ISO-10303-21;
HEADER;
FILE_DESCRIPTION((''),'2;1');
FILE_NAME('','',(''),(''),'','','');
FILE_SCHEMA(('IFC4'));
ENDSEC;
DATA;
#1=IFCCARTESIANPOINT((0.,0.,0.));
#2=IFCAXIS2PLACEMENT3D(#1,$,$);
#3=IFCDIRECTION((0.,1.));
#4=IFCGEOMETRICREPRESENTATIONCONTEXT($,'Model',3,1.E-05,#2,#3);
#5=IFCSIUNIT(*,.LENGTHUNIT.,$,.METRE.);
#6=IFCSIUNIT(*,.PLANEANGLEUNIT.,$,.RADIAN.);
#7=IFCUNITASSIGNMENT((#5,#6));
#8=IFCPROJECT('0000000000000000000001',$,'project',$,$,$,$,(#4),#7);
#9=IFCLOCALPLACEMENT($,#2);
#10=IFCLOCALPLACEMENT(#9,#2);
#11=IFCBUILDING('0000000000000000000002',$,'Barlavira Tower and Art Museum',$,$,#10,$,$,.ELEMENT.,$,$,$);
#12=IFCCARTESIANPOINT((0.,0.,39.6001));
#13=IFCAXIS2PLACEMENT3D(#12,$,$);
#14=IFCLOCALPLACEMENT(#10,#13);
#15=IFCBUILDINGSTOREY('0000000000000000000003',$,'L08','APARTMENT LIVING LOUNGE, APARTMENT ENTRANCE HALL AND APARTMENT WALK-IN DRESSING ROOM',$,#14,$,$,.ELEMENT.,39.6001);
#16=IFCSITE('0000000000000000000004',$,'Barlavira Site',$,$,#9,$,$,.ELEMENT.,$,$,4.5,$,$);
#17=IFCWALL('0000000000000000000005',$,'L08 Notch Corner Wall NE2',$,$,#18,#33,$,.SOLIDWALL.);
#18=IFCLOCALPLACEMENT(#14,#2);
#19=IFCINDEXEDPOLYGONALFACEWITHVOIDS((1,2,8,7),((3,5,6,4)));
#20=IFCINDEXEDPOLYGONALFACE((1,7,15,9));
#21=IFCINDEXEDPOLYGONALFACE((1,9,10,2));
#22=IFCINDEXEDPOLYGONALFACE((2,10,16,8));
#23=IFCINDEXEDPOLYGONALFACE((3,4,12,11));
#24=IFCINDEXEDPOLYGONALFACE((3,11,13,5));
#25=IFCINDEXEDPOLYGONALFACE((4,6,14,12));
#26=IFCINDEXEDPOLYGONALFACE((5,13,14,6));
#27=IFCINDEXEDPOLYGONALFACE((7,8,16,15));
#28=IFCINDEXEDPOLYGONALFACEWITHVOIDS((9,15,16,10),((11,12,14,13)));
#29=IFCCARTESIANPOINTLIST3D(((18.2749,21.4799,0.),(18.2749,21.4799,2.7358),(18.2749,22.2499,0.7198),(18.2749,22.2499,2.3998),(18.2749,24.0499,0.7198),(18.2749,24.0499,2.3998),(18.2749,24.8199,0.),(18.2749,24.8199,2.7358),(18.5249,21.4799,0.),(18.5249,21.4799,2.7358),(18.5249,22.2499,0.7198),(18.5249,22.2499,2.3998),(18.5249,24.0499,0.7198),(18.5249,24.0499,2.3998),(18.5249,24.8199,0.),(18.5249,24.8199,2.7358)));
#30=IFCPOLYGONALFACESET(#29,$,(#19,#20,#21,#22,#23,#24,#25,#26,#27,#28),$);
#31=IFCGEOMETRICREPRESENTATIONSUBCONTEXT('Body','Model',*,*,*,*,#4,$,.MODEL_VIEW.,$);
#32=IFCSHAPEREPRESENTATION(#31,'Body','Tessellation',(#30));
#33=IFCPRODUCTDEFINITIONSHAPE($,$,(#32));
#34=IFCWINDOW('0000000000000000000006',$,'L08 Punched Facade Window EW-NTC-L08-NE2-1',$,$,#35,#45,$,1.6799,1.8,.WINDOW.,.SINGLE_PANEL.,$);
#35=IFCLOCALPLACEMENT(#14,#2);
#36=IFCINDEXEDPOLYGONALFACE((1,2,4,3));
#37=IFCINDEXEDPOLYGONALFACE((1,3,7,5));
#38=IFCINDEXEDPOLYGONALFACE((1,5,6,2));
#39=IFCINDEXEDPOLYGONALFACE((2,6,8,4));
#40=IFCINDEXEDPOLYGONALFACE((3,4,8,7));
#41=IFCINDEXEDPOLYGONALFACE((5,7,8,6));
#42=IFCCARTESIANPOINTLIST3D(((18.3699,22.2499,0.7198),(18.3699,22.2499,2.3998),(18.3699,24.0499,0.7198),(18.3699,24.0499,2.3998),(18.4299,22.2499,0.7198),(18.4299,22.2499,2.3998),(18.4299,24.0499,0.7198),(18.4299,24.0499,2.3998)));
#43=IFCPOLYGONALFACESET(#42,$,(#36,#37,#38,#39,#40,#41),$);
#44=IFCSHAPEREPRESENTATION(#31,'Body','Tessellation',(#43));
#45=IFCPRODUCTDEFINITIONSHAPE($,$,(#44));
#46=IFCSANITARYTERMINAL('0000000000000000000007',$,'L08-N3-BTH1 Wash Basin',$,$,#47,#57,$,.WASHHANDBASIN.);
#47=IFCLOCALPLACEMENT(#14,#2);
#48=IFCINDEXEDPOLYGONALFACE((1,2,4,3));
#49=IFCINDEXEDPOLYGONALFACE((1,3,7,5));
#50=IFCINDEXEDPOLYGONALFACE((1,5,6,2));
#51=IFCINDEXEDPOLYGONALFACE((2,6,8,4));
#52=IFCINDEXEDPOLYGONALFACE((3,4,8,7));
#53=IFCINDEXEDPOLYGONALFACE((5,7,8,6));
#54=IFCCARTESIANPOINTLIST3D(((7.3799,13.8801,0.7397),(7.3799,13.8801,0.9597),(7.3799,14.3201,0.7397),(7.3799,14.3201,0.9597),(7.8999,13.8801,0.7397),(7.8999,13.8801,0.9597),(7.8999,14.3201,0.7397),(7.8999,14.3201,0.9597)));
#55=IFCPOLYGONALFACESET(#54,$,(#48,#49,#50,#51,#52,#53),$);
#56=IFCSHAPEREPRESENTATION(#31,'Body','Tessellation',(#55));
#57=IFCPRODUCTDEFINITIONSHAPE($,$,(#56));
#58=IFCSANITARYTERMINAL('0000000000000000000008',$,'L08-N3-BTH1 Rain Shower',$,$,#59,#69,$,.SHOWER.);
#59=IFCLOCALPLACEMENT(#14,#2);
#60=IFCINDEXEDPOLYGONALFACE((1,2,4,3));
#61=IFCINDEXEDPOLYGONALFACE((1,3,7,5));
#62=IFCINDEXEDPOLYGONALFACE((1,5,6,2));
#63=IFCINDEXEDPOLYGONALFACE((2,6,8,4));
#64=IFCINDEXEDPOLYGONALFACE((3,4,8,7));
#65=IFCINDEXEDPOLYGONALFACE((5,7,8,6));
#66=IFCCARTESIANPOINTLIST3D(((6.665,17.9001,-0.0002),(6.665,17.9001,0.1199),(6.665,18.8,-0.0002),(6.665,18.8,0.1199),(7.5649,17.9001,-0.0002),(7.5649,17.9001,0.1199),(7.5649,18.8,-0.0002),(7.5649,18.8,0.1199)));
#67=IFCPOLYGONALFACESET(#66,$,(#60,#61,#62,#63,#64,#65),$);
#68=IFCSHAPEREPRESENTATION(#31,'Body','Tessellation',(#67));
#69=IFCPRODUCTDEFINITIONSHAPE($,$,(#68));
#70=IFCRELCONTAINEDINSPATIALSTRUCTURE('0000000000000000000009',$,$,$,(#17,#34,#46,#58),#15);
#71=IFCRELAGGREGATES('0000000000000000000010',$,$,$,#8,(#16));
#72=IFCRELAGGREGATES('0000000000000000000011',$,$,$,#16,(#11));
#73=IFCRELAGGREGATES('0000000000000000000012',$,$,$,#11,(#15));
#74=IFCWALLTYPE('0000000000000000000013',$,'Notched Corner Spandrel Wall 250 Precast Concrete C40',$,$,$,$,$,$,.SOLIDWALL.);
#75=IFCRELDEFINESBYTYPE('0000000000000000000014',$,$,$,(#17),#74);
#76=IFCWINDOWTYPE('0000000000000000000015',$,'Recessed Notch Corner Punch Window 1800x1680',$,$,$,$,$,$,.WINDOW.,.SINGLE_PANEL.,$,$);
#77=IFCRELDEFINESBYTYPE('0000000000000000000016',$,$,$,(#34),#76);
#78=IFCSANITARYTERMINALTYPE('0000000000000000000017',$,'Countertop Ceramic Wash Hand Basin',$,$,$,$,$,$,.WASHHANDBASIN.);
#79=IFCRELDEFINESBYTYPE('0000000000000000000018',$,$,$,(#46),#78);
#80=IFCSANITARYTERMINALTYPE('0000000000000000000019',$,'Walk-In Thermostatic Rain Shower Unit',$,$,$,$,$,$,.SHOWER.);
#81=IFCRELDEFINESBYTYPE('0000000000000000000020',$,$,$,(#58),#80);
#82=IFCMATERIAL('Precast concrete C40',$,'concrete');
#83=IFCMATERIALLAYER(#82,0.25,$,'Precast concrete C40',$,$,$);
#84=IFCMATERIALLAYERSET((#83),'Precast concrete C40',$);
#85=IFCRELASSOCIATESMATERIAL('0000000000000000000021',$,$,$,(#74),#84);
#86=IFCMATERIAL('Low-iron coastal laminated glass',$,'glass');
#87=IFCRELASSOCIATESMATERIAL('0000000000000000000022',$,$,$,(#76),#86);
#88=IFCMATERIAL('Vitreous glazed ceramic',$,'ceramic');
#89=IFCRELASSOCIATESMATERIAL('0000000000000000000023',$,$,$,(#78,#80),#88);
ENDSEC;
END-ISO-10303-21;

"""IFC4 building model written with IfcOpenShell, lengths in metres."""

from ifc_helpers import new_model, si_unit, direction, frame, frame_2d, origin, origin_2d, place, context, subcontext, project, spatial, rectangle, extrude, material, layer, layer_set, type_object, element, fill, save


model = new_model("IFC4")

# Units and contexts
model_context = context("Model", 3, precision=1e-05, world=origin(), true_north=direction((0.0, 1.0)))
body_context = subcontext(model_context, "Body", "Model", "MODEL_VIEW")
ifc_project = project(units=[si_unit("LENGTHUNIT", "METRE"), si_unit("PLANEANGLEUNIT", "RADIAN")], contexts=[model_context])

# Site, building, storey
site_placement = place(None, origin())
site = spatial("IfcSite", under=ifc_project, at=site_placement, Name="Barlavira Site", CompositionType="ELEMENT", RefElevation=4.5)
building_placement = place(site_placement, origin())
building = spatial("IfcBuilding", under=site, at=building_placement, Name="Barlavira Tower and Art Museum", CompositionType="ELEMENT")
storey_placement = place(building_placement, frame((0.0, 0.0, 39.6001)))
storey = spatial("IfcBuildingStorey", under=building, at=storey_placement, Name="L08", Description="APARTMENT LIVING LOUNGE, APARTMENT ENTRANCE HALL AND APARTMENT WALK-IN DRESSING ROOM", CompositionType="ELEMENT", Elevation=39.6001)

# Shared definitions
ifc_material_1 = material(Name="Precast concrete C40", Category="concrete")
ifc_layer_1 = layer(ifc_material_1, 0.25, Name="Precast concrete C40")
ifc_layer_set_1 = layer_set([ifc_layer_1], Name="Precast concrete C40")
wall_type_1 = type_object("IfcWallType", Name="Notched Corner Spandrel Wall 250 Precast Concrete C40", PredefinedType="SOLIDWALL", material=ifc_layer_set_1)
ifc_material_2 = material(Name="Low-iron coastal laminated glass", Category="glass")
window_type = type_object("IfcWindowType", Name="Recessed Notch Corner Punch Window 1800x1680", PartitioningType="SINGLE_PANEL", PredefinedType="WINDOW", material=ifc_material_2)

# Wall, opening, window
wall_1_placement = place(storey_placement, frame((18.3999, 21.48, 0.0), z_axis=(0.0, 0.0, 1.0), x_axis=(0.0, 1.0, 0.0)))
wall_1 = element("IfcWall", 1, at=wall_1_placement, inside=storey, type_object=wall_type_1, Name="L08 Notch Corner Wall NE2", PredefinedType="SOLIDWALL", context=body_context, shape_type="SweptSolid", body=[
    extrude(rectangle(XDim=3.3401, YDim=0.25, at=frame_2d((1.6699, 0.0))), origin(), (0.0, 0.0, 1.0), 2.7358),
])
opening_1_placement = place(wall_1_placement, frame((0.77, 0.0, 0.72)))
opening_1 = element("IfcOpeningElement", 2, at=opening_1_placement, cuts=wall_1, PredefinedType="OPENING", context=body_context, shape_type="SweptSolid", body=[
    extrude(rectangle(XDim=1.8, YDim=1.6799, at=frame_2d((0.8999, 0.8398))), frame((0.0, 0.135, 0.0), z_axis=(0.0, -1.0, 0.0), x_axis=(1.0, 0.0, 0.0)), (0.0, 0.0, 1.0), 0.27),
])
window_1_placement = place(opening_1_placement, origin())
window_1 = element("IfcWindow", 3, at=window_1_placement, inside=storey, type_object=window_type, Name="L08 Punched Facade Window EW-NTC-L08-NE2-1", OverallHeight=1.6799, OverallWidth=1.8, PartitioningType="SINGLE_PANEL", PredefinedType="WINDOW", context=body_context, shape_type="SweptSolid", body=[
    extrude(rectangle(XDim=1.8, YDim=1.6799, at=frame_2d((0.8999, 0.8398))), frame((0.0, 0.03, 0.0), z_axis=(0.0, -1.0, 0.0), x_axis=(1.0, 0.0, 0.0)), (0.0, 0.0, 1.0), 0.0601),
])
fill(opening_1, window_1)

# Sanitary terminals
ifc_material_3 = material(Name="Vitreous glazed ceramic", Category="ceramic")
sanitary_terminal_type_1 = type_object("IfcSanitaryTerminalType", Name="Countertop Ceramic Wash Hand Basin", PredefinedType="WASHHANDBASIN", material=ifc_material_3)
sanitary_terminal_1_placement = place(storey_placement, frame((7.6399, 14.1001, 0.7397), z_axis=(0.0, 0.0, 1.0), x_axis=(1.0, 0.0, 0.0)))
element("IfcSanitaryTerminal", 4, at=sanitary_terminal_1_placement, inside=storey, type_object=sanitary_terminal_type_1, Name="L08-N3-BTH1 Wash Basin", PredefinedType="WASHHANDBASIN", context=body_context, shape_type="SweptSolid", body=[
    extrude(rectangle(XDim=0.52, YDim=0.4399, at=origin_2d()), origin(), (0.0, 0.0, 1.0), 0.22),
])
sanitary_terminal_type_2 = type_object("IfcSanitaryTerminalType", Name="Walk-In Thermostatic Rain Shower Unit", PredefinedType="SHOWER", material=ifc_material_3)
sanitary_terminal_2_placement = place(storey_placement, frame((7.115, 18.3501, -0.0002), z_axis=(0.0, 0.0, 1.0), x_axis=(1.0, 0.0, 0.0)))
element("IfcSanitaryTerminal", 5, at=sanitary_terminal_2_placement, inside=storey, type_object=sanitary_terminal_type_2, Name="L08-N3-BTH1 Rain Shower", PredefinedType="SHOWER", context=body_context, shape_type="SweptSolid", body=[
    extrude(rectangle(XDim=0.8999, YDim=0.8999, at=origin_2d()), origin(), (0.0, 0.0, 1.0), 0.1201),
])

save(model, "model.ifc")
